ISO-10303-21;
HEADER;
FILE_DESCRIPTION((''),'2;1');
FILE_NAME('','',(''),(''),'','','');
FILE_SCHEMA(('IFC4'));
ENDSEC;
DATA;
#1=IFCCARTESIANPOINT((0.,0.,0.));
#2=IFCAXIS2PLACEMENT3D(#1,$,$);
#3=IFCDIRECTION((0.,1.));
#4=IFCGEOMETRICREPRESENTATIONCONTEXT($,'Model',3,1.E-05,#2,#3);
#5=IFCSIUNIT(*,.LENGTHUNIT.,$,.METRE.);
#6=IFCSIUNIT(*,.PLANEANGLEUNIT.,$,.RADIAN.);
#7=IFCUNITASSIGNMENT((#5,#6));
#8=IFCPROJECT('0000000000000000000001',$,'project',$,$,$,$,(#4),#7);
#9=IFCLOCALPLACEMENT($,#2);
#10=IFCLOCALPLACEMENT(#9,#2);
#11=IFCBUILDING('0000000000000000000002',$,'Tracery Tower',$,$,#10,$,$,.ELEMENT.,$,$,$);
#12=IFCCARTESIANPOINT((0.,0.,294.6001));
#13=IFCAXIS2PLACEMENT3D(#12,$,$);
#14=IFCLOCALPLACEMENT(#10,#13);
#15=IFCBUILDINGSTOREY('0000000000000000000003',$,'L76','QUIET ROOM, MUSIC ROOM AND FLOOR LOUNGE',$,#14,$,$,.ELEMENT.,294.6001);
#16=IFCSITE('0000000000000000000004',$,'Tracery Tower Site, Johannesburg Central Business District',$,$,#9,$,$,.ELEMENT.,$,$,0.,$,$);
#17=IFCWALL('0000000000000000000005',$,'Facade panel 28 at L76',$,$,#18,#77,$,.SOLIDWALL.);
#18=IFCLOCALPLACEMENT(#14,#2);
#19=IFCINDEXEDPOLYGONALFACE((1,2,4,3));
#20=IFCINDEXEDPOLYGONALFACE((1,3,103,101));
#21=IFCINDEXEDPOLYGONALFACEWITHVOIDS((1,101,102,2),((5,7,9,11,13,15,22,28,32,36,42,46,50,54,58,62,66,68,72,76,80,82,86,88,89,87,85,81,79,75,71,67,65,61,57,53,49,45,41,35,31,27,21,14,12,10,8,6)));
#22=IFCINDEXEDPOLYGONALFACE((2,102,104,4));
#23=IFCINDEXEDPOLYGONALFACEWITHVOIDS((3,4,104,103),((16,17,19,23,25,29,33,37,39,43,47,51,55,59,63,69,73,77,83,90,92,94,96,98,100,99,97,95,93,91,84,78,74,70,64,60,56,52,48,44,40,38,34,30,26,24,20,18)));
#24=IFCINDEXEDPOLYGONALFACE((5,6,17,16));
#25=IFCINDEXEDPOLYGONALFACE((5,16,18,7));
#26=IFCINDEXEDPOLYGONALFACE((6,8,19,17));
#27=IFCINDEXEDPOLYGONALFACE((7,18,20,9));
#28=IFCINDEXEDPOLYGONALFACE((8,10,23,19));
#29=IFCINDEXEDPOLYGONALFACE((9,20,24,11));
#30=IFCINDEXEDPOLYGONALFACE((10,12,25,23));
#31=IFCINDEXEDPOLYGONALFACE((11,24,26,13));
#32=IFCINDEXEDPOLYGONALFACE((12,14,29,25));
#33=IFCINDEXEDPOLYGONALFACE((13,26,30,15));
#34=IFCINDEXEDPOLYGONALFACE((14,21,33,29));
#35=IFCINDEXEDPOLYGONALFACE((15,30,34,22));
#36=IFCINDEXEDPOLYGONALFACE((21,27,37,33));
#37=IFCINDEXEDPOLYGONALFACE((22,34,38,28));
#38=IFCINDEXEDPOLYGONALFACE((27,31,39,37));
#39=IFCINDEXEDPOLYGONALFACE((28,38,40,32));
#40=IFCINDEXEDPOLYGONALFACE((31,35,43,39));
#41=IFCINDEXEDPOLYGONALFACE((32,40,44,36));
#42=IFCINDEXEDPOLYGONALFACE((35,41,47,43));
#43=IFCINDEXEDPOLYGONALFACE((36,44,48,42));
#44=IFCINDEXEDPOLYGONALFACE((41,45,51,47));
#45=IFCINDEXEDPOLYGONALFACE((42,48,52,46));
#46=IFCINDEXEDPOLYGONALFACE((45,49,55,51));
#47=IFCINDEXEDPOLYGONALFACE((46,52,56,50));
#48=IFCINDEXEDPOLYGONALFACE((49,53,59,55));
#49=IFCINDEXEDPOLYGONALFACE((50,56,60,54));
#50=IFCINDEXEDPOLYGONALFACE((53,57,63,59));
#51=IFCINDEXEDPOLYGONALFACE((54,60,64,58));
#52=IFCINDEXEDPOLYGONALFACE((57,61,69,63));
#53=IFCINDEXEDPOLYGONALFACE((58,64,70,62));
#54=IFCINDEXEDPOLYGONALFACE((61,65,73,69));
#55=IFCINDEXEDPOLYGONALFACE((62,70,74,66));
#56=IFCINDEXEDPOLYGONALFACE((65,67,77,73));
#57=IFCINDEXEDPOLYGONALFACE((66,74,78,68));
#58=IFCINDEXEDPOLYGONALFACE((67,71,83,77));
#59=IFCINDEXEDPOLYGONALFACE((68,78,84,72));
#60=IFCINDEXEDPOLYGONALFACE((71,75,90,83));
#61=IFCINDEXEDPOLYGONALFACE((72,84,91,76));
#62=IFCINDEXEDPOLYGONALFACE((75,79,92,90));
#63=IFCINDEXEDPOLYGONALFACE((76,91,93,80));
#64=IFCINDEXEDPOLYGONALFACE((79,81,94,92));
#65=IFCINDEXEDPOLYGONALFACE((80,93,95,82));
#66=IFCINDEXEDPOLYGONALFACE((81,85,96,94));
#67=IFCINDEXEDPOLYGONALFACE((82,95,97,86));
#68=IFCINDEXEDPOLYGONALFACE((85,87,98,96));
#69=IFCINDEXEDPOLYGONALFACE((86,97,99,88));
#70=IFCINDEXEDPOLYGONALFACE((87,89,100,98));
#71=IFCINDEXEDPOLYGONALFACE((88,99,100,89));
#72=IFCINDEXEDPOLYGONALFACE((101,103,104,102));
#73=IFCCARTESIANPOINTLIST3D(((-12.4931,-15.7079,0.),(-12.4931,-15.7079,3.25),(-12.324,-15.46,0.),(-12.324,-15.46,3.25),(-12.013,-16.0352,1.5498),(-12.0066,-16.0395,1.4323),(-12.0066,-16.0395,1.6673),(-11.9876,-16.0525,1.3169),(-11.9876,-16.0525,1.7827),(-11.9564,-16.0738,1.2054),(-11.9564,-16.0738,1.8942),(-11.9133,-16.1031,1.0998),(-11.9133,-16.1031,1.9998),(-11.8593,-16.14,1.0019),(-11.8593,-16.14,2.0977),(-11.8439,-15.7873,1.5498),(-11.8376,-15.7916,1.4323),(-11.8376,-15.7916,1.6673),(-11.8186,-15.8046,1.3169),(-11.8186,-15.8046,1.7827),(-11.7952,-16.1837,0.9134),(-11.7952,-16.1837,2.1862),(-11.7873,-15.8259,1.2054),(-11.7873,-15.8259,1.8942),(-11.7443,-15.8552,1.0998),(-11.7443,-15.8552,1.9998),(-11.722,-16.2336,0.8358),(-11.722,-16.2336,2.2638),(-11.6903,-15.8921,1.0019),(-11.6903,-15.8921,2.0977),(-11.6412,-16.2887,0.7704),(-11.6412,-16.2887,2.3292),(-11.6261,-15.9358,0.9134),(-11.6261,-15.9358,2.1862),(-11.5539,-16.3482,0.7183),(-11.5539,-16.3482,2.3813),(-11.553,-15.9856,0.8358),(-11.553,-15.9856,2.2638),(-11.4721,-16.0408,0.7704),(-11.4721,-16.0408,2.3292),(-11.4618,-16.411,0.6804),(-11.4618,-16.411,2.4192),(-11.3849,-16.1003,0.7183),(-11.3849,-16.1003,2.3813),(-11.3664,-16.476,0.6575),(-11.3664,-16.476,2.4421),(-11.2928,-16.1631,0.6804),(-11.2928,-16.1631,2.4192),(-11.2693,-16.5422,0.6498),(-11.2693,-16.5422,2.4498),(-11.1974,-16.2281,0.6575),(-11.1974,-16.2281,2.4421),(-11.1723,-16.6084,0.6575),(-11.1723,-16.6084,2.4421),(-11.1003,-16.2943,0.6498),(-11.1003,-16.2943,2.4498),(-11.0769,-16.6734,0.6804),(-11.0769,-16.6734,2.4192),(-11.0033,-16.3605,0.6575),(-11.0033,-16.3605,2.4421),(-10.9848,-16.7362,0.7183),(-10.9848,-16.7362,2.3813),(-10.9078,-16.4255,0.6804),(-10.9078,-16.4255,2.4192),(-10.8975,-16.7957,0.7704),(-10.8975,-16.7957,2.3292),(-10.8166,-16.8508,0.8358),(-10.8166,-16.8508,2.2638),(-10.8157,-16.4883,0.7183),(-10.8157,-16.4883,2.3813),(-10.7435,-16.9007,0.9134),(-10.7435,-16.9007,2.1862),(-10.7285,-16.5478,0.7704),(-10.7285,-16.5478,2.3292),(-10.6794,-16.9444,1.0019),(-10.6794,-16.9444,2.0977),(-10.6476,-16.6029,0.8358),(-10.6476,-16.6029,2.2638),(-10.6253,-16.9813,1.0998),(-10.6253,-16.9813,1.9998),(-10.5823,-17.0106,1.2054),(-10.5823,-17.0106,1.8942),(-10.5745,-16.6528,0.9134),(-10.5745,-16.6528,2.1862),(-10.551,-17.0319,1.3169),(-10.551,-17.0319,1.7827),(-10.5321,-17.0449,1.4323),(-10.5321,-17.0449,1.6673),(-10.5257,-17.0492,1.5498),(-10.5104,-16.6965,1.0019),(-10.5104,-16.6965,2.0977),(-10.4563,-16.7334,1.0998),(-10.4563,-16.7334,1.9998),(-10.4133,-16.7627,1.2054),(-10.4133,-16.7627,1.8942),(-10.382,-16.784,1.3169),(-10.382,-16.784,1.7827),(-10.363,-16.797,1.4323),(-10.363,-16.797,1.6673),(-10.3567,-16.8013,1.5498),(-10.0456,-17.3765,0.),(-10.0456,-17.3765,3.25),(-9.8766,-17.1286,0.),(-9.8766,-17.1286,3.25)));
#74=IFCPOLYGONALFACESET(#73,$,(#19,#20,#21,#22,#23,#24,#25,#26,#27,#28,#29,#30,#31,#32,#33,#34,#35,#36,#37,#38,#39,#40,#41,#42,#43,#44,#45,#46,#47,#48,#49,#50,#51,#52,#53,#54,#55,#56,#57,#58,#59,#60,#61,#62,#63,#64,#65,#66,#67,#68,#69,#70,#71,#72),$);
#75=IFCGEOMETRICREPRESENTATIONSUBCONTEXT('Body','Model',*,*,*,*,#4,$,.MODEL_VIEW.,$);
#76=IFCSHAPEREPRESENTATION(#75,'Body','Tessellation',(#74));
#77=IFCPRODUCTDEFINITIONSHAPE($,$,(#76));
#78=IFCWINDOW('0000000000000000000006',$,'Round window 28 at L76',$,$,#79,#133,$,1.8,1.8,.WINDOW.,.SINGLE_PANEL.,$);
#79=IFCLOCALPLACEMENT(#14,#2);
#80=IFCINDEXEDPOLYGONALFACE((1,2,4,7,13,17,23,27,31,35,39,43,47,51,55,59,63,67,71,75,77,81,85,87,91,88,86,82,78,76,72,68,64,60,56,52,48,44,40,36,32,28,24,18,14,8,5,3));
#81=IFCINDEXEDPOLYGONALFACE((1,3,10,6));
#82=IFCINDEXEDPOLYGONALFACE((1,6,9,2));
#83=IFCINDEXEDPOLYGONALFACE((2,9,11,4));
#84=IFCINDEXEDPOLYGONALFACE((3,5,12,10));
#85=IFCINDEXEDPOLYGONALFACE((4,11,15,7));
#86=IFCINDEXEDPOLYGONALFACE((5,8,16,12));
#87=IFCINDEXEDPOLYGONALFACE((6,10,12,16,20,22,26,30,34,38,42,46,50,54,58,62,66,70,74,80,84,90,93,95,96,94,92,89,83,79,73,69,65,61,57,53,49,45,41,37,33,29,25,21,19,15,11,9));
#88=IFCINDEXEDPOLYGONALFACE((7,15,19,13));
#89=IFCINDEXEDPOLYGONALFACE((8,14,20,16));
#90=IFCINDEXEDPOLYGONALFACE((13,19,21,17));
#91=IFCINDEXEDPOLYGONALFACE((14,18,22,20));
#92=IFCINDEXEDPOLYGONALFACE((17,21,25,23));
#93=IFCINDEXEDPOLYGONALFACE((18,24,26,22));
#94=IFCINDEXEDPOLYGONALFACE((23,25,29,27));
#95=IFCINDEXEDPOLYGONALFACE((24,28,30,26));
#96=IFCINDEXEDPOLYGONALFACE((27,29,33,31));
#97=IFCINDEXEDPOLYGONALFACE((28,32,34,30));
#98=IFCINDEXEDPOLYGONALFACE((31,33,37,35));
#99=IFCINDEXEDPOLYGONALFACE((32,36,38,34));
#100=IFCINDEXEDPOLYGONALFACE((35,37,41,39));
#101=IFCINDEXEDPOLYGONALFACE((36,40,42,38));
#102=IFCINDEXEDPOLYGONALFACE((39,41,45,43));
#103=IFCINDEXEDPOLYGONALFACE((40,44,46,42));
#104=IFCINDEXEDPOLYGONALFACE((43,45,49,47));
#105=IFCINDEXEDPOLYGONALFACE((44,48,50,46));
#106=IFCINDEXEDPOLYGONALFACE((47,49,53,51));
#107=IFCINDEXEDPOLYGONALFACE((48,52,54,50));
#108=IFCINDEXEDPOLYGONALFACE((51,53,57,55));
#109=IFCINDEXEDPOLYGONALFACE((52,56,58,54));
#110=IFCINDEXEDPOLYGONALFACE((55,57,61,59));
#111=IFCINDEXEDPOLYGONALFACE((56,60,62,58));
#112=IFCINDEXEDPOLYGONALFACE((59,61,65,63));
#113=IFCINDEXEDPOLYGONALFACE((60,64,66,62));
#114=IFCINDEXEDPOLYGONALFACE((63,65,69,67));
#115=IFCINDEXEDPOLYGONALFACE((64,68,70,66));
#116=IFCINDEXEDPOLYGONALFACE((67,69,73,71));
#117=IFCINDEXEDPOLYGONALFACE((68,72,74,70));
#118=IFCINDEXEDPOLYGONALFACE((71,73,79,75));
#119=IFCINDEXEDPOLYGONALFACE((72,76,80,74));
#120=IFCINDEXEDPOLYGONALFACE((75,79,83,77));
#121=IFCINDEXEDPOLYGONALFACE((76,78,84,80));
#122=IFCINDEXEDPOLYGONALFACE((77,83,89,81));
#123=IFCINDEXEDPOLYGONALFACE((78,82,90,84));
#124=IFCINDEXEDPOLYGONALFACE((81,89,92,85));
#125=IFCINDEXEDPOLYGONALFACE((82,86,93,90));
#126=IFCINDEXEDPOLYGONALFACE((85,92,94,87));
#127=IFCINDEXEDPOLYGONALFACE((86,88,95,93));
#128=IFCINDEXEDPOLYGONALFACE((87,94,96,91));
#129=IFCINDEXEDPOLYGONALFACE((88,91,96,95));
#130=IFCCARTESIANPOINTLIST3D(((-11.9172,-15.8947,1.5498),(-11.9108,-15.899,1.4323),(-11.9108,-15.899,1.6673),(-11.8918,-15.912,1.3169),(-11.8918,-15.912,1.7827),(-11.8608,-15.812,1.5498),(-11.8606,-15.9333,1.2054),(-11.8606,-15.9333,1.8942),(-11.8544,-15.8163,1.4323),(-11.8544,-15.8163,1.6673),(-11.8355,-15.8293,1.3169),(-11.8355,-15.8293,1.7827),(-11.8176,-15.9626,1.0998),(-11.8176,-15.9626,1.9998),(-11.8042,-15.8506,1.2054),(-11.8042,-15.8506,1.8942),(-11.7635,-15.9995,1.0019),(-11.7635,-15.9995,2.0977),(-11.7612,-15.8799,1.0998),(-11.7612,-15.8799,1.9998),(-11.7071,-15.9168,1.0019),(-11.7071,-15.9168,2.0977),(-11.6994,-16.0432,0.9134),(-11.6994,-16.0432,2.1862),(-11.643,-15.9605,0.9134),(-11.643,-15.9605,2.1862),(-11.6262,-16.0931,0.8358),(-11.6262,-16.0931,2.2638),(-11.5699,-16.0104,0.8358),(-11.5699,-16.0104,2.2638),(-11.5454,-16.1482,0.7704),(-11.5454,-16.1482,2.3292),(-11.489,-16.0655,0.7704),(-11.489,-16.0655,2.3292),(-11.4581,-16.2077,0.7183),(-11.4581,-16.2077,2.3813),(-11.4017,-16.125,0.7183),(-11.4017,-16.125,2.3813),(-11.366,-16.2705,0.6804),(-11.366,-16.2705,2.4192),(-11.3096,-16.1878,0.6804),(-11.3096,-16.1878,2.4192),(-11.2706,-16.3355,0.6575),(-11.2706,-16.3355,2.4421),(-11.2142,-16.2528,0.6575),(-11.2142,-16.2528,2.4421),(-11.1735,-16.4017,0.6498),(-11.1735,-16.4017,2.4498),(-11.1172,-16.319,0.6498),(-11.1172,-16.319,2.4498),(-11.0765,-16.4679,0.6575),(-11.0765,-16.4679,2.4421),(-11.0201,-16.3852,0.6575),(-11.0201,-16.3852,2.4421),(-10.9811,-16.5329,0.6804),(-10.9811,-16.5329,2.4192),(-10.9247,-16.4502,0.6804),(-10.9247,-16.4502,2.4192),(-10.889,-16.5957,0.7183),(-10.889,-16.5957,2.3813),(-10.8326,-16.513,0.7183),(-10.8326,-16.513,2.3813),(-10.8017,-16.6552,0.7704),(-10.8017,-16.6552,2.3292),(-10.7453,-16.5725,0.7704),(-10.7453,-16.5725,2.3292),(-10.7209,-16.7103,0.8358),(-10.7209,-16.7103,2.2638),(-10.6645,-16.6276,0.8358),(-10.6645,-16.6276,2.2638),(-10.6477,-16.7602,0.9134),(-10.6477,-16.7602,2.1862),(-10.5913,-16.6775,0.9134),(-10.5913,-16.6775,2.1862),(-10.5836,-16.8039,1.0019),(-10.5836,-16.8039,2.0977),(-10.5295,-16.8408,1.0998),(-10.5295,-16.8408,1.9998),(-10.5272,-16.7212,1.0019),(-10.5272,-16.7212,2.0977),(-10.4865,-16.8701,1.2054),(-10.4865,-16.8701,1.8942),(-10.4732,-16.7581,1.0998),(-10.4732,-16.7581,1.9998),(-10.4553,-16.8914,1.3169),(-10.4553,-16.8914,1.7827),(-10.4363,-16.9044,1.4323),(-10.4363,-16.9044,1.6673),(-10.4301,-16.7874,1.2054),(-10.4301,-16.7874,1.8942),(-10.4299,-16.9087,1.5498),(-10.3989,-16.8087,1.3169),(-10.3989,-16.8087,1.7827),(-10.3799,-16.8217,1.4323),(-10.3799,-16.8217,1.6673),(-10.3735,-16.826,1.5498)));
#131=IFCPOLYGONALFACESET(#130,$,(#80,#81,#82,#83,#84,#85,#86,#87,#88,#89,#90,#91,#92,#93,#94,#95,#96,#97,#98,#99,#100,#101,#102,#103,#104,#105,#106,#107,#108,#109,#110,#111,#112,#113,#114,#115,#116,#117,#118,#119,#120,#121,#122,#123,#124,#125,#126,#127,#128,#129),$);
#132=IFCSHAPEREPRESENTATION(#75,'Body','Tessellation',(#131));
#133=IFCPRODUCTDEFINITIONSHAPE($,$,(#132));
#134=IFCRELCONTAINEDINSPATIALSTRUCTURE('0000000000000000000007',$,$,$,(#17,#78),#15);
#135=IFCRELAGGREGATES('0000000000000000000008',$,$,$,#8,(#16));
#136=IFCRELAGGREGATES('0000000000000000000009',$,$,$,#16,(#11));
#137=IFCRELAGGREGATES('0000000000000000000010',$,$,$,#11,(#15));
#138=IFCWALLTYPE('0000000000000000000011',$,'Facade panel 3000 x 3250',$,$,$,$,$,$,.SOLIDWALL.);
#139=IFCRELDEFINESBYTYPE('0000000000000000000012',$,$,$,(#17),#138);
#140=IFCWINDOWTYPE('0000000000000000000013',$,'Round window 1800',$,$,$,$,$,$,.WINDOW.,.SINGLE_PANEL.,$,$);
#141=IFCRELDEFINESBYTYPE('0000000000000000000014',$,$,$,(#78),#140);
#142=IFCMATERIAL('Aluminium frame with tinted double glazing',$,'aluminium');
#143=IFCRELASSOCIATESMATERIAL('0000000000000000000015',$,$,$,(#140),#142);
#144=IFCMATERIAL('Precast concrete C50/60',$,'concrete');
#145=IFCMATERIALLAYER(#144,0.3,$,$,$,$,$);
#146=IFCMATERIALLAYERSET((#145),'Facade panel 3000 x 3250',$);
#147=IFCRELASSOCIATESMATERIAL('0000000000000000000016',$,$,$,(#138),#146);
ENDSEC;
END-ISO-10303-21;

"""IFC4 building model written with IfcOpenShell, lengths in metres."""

from ifc_helpers import new_model, si_unit, direction, frame, frame_2d, origin, origin_2d, place, context, subcontext, project, spatial, rectangle, circle, extrude, material, layer, layer_set, type_object, element, fill, save


model = new_model("IFC4")

# Units and contexts
model_context = context("Model", 3, precision=1e-05, world=origin(), true_north=direction((0.0, 1.0)))
body_context = subcontext(model_context, "Body", "Model", "MODEL_VIEW")
ifc_project = project(units=[si_unit("LENGTHUNIT", "METRE"), si_unit("PLANEANGLEUNIT", "RADIAN")], contexts=[model_context])

# Site, building, storey
site_placement = place(None, origin())
site = spatial("IfcSite", under=ifc_project, at=site_placement, Name="Tracery Tower Site, Johannesburg Central Business District", CompositionType="ELEMENT", RefElevation=0.0)
building_placement = place(site_placement, origin())
building = spatial("IfcBuilding", under=site, at=building_placement, Name="Tracery Tower", CompositionType="ELEMENT")
storey_placement = place(building_placement, frame((0.0, 0.0, 294.6001)))
storey = spatial("IfcBuildingStorey", under=building, at=storey_placement, Name="L76", Description="QUIET ROOM, MUSIC ROOM AND FLOOR LOUNGE", CompositionType="ELEMENT", Elevation=294.6001)

# Wall, opening, window
ifc_material_1 = material(Name="Aluminium frame with tinted double glazing", Category="aluminium")
window_type = type_object("IfcWindowType", Name="Round window 1800", PartitioningType="SINGLE_PANEL", PredefinedType="WINDOW", material=ifc_material_1)
ifc_material_2 = material(Name="Precast concrete C50/60", Category="concrete")
ifc_layer_1 = layer(ifc_material_2, 0.3)
ifc_layer_set_1 = layer_set([ifc_layer_1], Name="Facade panel 3000 x 3250")
wall_type_1 = type_object("IfcWallType", Name="Facade panel 3000 x 3250", PredefinedType="SOLIDWALL", material=ifc_layer_set_1)
wall_1_placement = place(storey_placement, frame((-12.4084, -15.584, 0.0), z_axis=(0.0, 0.0, 1.0), x_axis=(0.826236, -0.563324, 0.0)))
wall_1 = element("IfcWall", 1, at=wall_1_placement, inside=storey, type_object=wall_type_1, Name="Facade panel 28 at L76", PredefinedType="SOLIDWALL", context=body_context, shape_type="SweptSolid", body=[
    extrude(rectangle(XDim=2.9622, YDim=0.3, at=frame_2d((1.481, 0.0))), origin(), (0.0, 0.0, 1.0), 3.25),
])
opening_1_placement = place(wall_1_placement, frame((1.481, 0.0, 1.5498)))
opening_1 = element("IfcOpeningElement", 2, at=opening_1_placement, cuts=wall_1, PredefinedType="OPENING", context=body_context, shape_type="SweptSolid", body=[
    extrude(circle(Radius=0.9, at=origin_2d()), frame((0.0, 0.1599, 0.0), z_axis=(0.0, -1.0, 0.0), x_axis=(1.0, 0.0, 0.0)), (0.0, 0.0, 1.0), 0.3201),
])
window_1_placement = place(opening_1_placement, origin())
window_1 = element("IfcWindow", 3, at=window_1_placement, inside=storey, type_object=window_type, Name="Round window 28 at L76", OverallHeight=1.8, OverallWidth=1.8, PartitioningType="SINGLE_PANEL", PredefinedType="WINDOW", context=body_context, shape_type="SweptSolid", body=[
    extrude(circle(Radius=0.9, at=origin_2d()), frame((0.0, 0.1201, 0.0), z_axis=(0.0, -1.0, 0.0), x_axis=(1.0, 0.0, 0.0)), (0.0, 0.0, 1.0), 0.1001),
])
fill(opening_1, window_1)

save(model, "model.ifc")
